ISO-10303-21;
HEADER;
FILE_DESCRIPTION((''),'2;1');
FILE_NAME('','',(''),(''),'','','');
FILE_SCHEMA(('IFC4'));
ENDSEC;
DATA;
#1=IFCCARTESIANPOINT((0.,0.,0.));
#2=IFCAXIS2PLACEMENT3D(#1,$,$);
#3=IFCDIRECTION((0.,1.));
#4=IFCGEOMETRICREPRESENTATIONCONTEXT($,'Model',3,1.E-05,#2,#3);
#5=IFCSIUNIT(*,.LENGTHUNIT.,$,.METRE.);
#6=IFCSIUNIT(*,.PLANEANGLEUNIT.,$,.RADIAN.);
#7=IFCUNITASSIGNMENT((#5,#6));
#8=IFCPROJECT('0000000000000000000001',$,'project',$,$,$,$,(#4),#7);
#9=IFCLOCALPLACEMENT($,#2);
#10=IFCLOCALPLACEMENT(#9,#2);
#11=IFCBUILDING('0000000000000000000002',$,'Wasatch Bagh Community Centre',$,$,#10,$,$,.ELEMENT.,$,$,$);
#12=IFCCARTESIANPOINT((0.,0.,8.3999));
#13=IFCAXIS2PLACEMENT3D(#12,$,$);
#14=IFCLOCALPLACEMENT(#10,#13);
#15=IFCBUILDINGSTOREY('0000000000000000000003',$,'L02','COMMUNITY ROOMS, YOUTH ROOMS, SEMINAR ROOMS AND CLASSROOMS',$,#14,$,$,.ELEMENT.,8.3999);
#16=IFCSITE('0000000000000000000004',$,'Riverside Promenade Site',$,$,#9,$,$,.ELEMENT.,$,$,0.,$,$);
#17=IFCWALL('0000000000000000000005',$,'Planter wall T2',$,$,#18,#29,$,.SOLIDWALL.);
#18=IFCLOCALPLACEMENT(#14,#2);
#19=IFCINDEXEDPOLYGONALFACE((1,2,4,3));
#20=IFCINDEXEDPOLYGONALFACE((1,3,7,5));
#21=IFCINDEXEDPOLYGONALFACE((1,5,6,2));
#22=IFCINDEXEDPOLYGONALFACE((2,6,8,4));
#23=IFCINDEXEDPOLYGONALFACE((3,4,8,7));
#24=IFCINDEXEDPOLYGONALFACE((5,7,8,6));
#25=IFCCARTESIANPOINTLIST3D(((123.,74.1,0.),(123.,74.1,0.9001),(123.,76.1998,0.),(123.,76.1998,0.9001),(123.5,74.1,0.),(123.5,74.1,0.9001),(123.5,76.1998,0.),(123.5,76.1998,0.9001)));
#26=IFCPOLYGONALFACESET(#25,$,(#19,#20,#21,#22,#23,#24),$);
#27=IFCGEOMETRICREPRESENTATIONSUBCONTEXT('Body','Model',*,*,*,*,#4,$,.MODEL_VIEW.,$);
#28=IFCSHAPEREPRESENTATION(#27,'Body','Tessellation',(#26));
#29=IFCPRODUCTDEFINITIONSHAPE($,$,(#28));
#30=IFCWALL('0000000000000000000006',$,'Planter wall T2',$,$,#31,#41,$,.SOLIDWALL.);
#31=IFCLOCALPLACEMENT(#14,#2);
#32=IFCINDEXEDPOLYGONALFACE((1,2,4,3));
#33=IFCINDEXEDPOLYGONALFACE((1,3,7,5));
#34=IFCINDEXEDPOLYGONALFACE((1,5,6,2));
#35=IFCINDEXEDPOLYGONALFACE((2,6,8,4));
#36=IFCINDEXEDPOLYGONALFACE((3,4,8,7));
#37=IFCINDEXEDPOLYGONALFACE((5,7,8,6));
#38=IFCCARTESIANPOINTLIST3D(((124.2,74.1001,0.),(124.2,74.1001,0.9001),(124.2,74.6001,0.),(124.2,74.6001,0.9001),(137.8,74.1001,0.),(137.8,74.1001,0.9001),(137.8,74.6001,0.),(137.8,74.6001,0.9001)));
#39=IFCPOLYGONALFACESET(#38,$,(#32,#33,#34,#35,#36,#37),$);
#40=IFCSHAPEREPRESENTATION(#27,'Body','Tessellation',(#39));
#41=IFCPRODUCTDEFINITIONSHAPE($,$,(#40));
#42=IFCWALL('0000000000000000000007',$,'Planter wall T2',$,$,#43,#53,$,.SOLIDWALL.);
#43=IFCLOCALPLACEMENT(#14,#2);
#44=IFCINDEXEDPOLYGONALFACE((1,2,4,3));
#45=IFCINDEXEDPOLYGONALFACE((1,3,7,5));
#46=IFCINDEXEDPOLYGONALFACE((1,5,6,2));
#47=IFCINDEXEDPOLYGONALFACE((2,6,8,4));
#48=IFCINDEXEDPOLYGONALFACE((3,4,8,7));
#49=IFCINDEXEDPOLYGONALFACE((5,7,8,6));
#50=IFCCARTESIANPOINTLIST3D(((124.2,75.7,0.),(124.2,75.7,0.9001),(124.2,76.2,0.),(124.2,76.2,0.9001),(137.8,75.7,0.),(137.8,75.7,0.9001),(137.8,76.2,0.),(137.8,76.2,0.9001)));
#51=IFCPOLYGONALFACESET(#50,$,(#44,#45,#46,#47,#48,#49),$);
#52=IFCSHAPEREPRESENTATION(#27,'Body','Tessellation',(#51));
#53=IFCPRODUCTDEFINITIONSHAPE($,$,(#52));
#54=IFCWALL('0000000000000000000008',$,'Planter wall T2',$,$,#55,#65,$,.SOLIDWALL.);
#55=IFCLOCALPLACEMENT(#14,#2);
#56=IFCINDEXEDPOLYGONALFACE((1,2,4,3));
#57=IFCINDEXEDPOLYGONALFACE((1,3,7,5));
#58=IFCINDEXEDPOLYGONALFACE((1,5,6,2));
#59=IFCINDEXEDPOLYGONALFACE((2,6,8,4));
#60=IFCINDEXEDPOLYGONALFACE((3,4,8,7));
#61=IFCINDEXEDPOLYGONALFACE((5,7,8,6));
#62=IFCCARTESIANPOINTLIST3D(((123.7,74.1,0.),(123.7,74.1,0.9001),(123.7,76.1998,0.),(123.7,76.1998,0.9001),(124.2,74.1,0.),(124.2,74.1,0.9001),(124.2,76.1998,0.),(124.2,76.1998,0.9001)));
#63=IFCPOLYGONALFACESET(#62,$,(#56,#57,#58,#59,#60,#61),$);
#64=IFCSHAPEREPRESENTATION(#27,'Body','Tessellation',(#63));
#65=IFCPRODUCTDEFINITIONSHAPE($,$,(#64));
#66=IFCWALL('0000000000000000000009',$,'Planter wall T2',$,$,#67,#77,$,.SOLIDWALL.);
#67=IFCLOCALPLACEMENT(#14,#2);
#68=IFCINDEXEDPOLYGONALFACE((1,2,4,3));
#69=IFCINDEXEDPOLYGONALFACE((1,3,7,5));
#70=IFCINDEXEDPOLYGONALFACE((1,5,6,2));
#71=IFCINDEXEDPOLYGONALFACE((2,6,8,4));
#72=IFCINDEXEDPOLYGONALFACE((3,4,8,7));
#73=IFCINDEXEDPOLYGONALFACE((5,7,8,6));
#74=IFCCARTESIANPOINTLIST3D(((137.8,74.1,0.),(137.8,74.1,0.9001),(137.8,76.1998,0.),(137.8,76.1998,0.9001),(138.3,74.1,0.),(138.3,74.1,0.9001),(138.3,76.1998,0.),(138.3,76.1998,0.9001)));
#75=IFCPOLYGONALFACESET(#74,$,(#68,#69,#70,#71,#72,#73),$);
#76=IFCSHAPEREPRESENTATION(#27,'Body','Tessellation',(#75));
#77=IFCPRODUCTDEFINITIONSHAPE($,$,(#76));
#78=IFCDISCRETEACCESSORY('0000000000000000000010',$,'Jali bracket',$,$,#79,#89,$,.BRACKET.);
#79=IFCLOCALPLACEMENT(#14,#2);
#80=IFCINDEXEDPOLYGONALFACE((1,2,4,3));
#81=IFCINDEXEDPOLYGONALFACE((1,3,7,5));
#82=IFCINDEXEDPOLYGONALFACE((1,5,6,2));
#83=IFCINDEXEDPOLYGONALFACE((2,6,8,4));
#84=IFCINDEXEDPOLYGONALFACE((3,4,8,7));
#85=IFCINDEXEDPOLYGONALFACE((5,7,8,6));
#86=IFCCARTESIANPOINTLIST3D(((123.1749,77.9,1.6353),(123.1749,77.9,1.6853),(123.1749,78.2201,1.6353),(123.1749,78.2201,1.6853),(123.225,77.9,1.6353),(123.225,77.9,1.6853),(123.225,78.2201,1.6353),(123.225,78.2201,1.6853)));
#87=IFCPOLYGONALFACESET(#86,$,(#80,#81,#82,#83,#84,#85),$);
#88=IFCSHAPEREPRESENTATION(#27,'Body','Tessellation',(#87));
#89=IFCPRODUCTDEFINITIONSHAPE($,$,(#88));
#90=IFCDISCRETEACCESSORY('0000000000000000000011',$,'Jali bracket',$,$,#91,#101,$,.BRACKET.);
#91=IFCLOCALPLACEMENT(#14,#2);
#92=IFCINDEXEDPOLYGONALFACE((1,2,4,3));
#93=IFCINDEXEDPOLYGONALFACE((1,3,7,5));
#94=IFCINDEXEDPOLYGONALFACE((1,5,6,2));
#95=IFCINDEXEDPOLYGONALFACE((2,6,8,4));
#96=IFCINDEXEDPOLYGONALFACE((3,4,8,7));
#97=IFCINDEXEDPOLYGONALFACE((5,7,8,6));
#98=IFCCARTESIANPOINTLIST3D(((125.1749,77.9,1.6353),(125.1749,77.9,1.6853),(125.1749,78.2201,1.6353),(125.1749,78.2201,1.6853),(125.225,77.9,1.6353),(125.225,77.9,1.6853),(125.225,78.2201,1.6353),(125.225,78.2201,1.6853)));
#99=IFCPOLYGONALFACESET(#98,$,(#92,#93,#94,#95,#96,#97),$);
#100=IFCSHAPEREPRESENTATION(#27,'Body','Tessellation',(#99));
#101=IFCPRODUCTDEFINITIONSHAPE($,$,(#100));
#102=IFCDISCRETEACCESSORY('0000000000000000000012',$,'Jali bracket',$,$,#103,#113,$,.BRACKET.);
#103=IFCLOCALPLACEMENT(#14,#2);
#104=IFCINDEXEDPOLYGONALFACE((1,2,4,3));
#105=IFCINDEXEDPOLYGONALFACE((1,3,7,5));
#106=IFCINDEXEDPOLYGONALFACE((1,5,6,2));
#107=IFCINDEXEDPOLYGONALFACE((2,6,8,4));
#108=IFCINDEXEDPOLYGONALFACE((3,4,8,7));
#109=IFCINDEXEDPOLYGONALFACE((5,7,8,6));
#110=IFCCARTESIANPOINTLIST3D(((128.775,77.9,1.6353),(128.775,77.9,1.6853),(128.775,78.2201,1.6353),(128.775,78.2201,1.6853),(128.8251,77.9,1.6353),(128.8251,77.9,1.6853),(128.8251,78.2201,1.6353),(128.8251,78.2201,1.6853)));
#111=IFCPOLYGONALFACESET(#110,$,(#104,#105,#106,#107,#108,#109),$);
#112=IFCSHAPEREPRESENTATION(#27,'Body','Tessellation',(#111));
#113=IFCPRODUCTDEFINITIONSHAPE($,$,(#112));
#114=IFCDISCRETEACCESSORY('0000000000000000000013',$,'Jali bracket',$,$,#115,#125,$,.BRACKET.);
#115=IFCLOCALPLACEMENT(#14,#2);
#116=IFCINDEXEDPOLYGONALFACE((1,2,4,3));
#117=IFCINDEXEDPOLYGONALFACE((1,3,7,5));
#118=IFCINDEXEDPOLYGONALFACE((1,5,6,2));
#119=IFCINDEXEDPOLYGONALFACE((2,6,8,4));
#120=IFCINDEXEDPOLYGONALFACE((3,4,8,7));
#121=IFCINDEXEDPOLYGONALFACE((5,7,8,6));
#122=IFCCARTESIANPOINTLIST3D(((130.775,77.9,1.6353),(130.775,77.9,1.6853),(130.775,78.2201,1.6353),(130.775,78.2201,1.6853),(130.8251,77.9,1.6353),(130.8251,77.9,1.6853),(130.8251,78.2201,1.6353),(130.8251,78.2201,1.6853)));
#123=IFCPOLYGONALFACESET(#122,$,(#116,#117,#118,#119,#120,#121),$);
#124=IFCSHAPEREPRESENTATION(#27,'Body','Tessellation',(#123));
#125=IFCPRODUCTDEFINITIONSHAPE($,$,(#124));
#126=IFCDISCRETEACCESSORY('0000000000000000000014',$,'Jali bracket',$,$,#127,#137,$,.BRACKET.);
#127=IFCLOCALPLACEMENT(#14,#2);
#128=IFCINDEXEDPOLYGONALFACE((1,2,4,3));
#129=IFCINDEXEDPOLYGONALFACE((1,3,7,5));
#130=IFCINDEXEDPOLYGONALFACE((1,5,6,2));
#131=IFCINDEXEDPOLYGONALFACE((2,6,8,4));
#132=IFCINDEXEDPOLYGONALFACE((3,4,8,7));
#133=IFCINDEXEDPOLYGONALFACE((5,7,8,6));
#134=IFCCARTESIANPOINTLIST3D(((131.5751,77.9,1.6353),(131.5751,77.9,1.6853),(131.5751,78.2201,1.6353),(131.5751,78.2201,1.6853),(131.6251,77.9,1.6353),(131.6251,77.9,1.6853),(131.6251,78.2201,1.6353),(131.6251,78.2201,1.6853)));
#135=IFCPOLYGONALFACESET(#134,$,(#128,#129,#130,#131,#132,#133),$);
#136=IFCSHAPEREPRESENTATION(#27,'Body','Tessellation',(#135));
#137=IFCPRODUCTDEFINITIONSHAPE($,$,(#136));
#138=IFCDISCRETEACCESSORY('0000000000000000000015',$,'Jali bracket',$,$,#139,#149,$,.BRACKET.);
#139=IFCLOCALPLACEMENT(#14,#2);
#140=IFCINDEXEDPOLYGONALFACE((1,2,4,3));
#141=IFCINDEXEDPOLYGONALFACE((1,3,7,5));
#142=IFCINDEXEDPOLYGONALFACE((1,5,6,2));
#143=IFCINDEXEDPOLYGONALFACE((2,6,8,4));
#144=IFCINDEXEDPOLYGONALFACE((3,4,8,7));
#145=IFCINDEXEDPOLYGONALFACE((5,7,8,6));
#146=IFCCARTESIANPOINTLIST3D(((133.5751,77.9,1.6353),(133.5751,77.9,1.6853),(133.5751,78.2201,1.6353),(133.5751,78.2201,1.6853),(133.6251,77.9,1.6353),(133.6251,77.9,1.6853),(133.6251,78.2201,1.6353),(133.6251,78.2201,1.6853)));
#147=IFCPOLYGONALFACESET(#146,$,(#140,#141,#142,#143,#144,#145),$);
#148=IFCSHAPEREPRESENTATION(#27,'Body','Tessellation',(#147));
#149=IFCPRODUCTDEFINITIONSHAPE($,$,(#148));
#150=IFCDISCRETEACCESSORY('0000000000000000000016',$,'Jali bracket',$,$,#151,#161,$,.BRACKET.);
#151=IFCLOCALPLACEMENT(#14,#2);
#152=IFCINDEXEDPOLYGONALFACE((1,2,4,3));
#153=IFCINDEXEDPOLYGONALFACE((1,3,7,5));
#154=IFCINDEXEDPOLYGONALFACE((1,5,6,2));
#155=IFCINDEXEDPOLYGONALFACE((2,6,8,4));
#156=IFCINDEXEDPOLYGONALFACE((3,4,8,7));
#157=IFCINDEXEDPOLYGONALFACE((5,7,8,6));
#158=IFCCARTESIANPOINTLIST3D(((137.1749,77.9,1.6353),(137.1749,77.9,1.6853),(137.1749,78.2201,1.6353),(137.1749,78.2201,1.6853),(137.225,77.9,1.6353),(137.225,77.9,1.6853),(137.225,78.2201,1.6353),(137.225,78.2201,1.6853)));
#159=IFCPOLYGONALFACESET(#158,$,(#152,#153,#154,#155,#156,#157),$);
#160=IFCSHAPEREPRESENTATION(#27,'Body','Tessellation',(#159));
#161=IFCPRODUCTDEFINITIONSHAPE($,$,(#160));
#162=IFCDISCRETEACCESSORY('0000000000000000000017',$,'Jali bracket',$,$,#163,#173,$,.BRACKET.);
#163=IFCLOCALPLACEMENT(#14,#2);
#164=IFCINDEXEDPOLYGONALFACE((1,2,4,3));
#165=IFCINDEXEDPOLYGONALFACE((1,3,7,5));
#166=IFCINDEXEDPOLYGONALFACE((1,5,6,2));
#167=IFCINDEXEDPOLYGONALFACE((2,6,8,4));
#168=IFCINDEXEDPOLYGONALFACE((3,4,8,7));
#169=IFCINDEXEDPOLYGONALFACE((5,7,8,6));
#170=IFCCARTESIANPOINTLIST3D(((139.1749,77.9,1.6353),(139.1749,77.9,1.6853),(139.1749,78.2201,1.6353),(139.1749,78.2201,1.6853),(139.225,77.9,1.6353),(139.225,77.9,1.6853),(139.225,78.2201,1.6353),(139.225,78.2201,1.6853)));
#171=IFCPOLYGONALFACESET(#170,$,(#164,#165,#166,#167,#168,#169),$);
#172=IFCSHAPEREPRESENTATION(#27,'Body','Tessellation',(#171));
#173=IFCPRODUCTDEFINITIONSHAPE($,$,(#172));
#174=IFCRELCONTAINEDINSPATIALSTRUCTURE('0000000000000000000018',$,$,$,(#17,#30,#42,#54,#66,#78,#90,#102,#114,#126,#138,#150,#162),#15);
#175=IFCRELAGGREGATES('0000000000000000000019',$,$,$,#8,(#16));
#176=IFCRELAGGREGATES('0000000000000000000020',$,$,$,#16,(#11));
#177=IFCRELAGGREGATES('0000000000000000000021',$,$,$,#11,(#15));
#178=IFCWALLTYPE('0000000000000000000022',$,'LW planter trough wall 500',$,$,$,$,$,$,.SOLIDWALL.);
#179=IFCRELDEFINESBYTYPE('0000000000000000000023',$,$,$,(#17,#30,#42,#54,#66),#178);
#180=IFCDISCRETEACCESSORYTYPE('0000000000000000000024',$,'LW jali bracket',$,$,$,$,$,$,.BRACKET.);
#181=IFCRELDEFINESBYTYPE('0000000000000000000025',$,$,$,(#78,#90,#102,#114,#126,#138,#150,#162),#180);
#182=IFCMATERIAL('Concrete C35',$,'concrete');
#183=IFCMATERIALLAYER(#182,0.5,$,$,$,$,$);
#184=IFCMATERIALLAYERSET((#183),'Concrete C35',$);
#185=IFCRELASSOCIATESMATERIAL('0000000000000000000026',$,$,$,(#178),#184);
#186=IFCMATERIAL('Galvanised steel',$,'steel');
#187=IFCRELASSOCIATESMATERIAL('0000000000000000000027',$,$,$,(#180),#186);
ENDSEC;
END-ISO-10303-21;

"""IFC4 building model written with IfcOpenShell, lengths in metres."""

from ifc_helpers import new_model, si_unit, direction, frame, frame_2d, origin, origin_2d, place, context, subcontext, project, spatial, rectangle, extrude, material, layer, layer_set, type_object, element, save


model = new_model("IFC4")

# Units and contexts
model_context = context("Model", 3, precision=1e-05, world=origin(), true_north=direction((0.0, 1.0)))
body_context = subcontext(model_context, "Body", "Model", "MODEL_VIEW")
ifc_project = project(units=[si_unit("LENGTHUNIT", "METRE"), si_unit("PLANEANGLEUNIT", "RADIAN")], contexts=[model_context])

# Site, building, storey
site_placement = place(None, origin())
site = spatial("IfcSite", under=ifc_project, at=site_placement, Name="Riverside Promenade Site", CompositionType="ELEMENT", RefElevation=0.0)
building_placement = place(site_placement, origin())
building = spatial("IfcBuilding", under=site, at=building_placement, Name="Wasatch Bagh Community Centre", CompositionType="ELEMENT")
storey_placement = place(building_placement, frame((0.0, 0.0, 8.3999)))
storey = spatial("IfcBuildingStorey", under=building, at=storey_placement, Name="L02", Description="COMMUNITY ROOMS, YOUTH ROOMS, SEMINAR ROOMS AND CLASSROOMS", CompositionType="ELEMENT", Elevation=8.3999)

# Shared definitions
ifc_material_1 = material(Name="Concrete C35", Category="concrete")

# Walls
ifc_layer_1 = layer(ifc_material_1, 0.5)
ifc_layer_set_1 = layer_set([ifc_layer_1], Name="Concrete C35")
wall_type_1 = type_object("IfcWallType", Name="LW planter trough wall 500", PredefinedType="SOLIDWALL", material=ifc_layer_set_1)
wall_1_placement = place(storey_placement, frame((123.25, 74.1001, 0.0), z_axis=(0.0, 0.0, 1.0), x_axis=(0.0, 1.0, 0.0)))
element("IfcWall", 1, at=wall_1_placement, inside=storey, type_object=wall_type_1, Name="Planter wall T2", PredefinedType="SOLIDWALL", context=body_context, shape_type="SweptSolid", body=[
    extrude(rectangle(XDim=2.0999, YDim=0.5, at=frame_2d((1.0498, 0.0))), origin(), (0.0, 0.0, 1.0), 0.9001),
])
for number, where, z_axis, x_axis, name in (
    (2, (124.2, 74.3501, 0.0), (0.0, 0.0, 1.0), (1.0, 0.0, 0.0), "Planter wall T2"),
    (3, (124.2, 75.95, 0.0), (0.0, 0.0, 1.0), (1.0, 0.0, 0.0), "Planter wall T2"),
):
    element("IfcWall", number, at=place(storey_placement, frame(where, z_axis=z_axis, x_axis=x_axis)), inside=storey, type_object=wall_type_1, Name=name, PredefinedType="SOLIDWALL", context=body_context, shape_type="SweptSolid", body=[
        extrude(rectangle(XDim=13.6001, YDim=0.5, at=frame_2d((6.8, 0.0))), origin(), (0.0, 0.0, 1.0), 0.9001),
    ])
for number, where, z_axis, x_axis, name in (
    (4, (123.95, 74.1001, 0.0), (0.0, 0.0, 1.0), (0.0, 1.0, 0.0), "Planter wall T2"),
    (5, (138.05, 74.1001, 0.0), (0.0, 0.0, 1.0), (0.0, 1.0, 0.0), "Planter wall T2"),
):
    element("IfcWall", number, at=place(storey_placement, frame(where, z_axis=z_axis, x_axis=x_axis)), inside=storey, type_object=wall_type_1, Name=name, PredefinedType="SOLIDWALL", context=body_context, shape_type="SweptSolid", body=[
        extrude(rectangle(XDim=2.0999, YDim=0.5, at=frame_2d((1.0498, 0.0))), origin(), (0.0, 0.0, 1.0), 0.9001),
    ])

# Discrete accessories
ifc_material_2 = material(Name="Galvanised steel", Category="steel")
discrete_accessory_type = type_object("IfcDiscreteAccessoryType", Name="LW jali bracket", PredefinedType="BRACKET", material=ifc_material_2)
for number, where, z_axis, x_axis, name in (
    (6, (123.2, 78.0601, 1.6353), (0.0, 0.0, 1.0), (1.0, 0.0, 0.0), "Jali bracket"),
    (7, (125.2, 78.0601, 1.6353), (0.0, 0.0, 1.0), (1.0, 0.0, 0.0), "Jali bracket"),
    (8, (128.8, 78.0601, 1.6353), (0.0, 0.0, 1.0), (1.0, 0.0, 0.0), "Jali bracket"),
    (9, (130.8, 78.0601, 1.6353), (0.0, 0.0, 1.0), (1.0, 0.0, 0.0), "Jali bracket"),
    (10, (131.6001, 78.0601, 1.6353), (0.0, 0.0, 1.0), (1.0, 0.0, 0.0), "Jali bracket"),
    (11, (133.6001, 78.0601, 1.6353), (0.0, 0.0, 1.0), (1.0, 0.0, 0.0), "Jali bracket"),
    (12, (137.2, 78.0601, 1.6353), (0.0, 0.0, 1.0), (1.0, 0.0, 0.0), "Jali bracket"),
    (13, (139.2, 78.0601, 1.6353), (0.0, 0.0, 1.0), (1.0, 0.0, 0.0), "Jali bracket"),
):
    element("IfcDiscreteAccessory", number, at=place(storey_placement, frame(where, z_axis=z_axis, x_axis=x_axis)), inside=storey, type_object=discrete_accessory_type, Name=name, PredefinedType="BRACKET", context=body_context, shape_type="SweptSolid", body=[
        extrude(rectangle(XDim=0.05, YDim=0.3201, at=origin_2d()), origin(), (0.0, 0.0, 1.0), 0.05),
    ])

save(model, "model.ifc")
